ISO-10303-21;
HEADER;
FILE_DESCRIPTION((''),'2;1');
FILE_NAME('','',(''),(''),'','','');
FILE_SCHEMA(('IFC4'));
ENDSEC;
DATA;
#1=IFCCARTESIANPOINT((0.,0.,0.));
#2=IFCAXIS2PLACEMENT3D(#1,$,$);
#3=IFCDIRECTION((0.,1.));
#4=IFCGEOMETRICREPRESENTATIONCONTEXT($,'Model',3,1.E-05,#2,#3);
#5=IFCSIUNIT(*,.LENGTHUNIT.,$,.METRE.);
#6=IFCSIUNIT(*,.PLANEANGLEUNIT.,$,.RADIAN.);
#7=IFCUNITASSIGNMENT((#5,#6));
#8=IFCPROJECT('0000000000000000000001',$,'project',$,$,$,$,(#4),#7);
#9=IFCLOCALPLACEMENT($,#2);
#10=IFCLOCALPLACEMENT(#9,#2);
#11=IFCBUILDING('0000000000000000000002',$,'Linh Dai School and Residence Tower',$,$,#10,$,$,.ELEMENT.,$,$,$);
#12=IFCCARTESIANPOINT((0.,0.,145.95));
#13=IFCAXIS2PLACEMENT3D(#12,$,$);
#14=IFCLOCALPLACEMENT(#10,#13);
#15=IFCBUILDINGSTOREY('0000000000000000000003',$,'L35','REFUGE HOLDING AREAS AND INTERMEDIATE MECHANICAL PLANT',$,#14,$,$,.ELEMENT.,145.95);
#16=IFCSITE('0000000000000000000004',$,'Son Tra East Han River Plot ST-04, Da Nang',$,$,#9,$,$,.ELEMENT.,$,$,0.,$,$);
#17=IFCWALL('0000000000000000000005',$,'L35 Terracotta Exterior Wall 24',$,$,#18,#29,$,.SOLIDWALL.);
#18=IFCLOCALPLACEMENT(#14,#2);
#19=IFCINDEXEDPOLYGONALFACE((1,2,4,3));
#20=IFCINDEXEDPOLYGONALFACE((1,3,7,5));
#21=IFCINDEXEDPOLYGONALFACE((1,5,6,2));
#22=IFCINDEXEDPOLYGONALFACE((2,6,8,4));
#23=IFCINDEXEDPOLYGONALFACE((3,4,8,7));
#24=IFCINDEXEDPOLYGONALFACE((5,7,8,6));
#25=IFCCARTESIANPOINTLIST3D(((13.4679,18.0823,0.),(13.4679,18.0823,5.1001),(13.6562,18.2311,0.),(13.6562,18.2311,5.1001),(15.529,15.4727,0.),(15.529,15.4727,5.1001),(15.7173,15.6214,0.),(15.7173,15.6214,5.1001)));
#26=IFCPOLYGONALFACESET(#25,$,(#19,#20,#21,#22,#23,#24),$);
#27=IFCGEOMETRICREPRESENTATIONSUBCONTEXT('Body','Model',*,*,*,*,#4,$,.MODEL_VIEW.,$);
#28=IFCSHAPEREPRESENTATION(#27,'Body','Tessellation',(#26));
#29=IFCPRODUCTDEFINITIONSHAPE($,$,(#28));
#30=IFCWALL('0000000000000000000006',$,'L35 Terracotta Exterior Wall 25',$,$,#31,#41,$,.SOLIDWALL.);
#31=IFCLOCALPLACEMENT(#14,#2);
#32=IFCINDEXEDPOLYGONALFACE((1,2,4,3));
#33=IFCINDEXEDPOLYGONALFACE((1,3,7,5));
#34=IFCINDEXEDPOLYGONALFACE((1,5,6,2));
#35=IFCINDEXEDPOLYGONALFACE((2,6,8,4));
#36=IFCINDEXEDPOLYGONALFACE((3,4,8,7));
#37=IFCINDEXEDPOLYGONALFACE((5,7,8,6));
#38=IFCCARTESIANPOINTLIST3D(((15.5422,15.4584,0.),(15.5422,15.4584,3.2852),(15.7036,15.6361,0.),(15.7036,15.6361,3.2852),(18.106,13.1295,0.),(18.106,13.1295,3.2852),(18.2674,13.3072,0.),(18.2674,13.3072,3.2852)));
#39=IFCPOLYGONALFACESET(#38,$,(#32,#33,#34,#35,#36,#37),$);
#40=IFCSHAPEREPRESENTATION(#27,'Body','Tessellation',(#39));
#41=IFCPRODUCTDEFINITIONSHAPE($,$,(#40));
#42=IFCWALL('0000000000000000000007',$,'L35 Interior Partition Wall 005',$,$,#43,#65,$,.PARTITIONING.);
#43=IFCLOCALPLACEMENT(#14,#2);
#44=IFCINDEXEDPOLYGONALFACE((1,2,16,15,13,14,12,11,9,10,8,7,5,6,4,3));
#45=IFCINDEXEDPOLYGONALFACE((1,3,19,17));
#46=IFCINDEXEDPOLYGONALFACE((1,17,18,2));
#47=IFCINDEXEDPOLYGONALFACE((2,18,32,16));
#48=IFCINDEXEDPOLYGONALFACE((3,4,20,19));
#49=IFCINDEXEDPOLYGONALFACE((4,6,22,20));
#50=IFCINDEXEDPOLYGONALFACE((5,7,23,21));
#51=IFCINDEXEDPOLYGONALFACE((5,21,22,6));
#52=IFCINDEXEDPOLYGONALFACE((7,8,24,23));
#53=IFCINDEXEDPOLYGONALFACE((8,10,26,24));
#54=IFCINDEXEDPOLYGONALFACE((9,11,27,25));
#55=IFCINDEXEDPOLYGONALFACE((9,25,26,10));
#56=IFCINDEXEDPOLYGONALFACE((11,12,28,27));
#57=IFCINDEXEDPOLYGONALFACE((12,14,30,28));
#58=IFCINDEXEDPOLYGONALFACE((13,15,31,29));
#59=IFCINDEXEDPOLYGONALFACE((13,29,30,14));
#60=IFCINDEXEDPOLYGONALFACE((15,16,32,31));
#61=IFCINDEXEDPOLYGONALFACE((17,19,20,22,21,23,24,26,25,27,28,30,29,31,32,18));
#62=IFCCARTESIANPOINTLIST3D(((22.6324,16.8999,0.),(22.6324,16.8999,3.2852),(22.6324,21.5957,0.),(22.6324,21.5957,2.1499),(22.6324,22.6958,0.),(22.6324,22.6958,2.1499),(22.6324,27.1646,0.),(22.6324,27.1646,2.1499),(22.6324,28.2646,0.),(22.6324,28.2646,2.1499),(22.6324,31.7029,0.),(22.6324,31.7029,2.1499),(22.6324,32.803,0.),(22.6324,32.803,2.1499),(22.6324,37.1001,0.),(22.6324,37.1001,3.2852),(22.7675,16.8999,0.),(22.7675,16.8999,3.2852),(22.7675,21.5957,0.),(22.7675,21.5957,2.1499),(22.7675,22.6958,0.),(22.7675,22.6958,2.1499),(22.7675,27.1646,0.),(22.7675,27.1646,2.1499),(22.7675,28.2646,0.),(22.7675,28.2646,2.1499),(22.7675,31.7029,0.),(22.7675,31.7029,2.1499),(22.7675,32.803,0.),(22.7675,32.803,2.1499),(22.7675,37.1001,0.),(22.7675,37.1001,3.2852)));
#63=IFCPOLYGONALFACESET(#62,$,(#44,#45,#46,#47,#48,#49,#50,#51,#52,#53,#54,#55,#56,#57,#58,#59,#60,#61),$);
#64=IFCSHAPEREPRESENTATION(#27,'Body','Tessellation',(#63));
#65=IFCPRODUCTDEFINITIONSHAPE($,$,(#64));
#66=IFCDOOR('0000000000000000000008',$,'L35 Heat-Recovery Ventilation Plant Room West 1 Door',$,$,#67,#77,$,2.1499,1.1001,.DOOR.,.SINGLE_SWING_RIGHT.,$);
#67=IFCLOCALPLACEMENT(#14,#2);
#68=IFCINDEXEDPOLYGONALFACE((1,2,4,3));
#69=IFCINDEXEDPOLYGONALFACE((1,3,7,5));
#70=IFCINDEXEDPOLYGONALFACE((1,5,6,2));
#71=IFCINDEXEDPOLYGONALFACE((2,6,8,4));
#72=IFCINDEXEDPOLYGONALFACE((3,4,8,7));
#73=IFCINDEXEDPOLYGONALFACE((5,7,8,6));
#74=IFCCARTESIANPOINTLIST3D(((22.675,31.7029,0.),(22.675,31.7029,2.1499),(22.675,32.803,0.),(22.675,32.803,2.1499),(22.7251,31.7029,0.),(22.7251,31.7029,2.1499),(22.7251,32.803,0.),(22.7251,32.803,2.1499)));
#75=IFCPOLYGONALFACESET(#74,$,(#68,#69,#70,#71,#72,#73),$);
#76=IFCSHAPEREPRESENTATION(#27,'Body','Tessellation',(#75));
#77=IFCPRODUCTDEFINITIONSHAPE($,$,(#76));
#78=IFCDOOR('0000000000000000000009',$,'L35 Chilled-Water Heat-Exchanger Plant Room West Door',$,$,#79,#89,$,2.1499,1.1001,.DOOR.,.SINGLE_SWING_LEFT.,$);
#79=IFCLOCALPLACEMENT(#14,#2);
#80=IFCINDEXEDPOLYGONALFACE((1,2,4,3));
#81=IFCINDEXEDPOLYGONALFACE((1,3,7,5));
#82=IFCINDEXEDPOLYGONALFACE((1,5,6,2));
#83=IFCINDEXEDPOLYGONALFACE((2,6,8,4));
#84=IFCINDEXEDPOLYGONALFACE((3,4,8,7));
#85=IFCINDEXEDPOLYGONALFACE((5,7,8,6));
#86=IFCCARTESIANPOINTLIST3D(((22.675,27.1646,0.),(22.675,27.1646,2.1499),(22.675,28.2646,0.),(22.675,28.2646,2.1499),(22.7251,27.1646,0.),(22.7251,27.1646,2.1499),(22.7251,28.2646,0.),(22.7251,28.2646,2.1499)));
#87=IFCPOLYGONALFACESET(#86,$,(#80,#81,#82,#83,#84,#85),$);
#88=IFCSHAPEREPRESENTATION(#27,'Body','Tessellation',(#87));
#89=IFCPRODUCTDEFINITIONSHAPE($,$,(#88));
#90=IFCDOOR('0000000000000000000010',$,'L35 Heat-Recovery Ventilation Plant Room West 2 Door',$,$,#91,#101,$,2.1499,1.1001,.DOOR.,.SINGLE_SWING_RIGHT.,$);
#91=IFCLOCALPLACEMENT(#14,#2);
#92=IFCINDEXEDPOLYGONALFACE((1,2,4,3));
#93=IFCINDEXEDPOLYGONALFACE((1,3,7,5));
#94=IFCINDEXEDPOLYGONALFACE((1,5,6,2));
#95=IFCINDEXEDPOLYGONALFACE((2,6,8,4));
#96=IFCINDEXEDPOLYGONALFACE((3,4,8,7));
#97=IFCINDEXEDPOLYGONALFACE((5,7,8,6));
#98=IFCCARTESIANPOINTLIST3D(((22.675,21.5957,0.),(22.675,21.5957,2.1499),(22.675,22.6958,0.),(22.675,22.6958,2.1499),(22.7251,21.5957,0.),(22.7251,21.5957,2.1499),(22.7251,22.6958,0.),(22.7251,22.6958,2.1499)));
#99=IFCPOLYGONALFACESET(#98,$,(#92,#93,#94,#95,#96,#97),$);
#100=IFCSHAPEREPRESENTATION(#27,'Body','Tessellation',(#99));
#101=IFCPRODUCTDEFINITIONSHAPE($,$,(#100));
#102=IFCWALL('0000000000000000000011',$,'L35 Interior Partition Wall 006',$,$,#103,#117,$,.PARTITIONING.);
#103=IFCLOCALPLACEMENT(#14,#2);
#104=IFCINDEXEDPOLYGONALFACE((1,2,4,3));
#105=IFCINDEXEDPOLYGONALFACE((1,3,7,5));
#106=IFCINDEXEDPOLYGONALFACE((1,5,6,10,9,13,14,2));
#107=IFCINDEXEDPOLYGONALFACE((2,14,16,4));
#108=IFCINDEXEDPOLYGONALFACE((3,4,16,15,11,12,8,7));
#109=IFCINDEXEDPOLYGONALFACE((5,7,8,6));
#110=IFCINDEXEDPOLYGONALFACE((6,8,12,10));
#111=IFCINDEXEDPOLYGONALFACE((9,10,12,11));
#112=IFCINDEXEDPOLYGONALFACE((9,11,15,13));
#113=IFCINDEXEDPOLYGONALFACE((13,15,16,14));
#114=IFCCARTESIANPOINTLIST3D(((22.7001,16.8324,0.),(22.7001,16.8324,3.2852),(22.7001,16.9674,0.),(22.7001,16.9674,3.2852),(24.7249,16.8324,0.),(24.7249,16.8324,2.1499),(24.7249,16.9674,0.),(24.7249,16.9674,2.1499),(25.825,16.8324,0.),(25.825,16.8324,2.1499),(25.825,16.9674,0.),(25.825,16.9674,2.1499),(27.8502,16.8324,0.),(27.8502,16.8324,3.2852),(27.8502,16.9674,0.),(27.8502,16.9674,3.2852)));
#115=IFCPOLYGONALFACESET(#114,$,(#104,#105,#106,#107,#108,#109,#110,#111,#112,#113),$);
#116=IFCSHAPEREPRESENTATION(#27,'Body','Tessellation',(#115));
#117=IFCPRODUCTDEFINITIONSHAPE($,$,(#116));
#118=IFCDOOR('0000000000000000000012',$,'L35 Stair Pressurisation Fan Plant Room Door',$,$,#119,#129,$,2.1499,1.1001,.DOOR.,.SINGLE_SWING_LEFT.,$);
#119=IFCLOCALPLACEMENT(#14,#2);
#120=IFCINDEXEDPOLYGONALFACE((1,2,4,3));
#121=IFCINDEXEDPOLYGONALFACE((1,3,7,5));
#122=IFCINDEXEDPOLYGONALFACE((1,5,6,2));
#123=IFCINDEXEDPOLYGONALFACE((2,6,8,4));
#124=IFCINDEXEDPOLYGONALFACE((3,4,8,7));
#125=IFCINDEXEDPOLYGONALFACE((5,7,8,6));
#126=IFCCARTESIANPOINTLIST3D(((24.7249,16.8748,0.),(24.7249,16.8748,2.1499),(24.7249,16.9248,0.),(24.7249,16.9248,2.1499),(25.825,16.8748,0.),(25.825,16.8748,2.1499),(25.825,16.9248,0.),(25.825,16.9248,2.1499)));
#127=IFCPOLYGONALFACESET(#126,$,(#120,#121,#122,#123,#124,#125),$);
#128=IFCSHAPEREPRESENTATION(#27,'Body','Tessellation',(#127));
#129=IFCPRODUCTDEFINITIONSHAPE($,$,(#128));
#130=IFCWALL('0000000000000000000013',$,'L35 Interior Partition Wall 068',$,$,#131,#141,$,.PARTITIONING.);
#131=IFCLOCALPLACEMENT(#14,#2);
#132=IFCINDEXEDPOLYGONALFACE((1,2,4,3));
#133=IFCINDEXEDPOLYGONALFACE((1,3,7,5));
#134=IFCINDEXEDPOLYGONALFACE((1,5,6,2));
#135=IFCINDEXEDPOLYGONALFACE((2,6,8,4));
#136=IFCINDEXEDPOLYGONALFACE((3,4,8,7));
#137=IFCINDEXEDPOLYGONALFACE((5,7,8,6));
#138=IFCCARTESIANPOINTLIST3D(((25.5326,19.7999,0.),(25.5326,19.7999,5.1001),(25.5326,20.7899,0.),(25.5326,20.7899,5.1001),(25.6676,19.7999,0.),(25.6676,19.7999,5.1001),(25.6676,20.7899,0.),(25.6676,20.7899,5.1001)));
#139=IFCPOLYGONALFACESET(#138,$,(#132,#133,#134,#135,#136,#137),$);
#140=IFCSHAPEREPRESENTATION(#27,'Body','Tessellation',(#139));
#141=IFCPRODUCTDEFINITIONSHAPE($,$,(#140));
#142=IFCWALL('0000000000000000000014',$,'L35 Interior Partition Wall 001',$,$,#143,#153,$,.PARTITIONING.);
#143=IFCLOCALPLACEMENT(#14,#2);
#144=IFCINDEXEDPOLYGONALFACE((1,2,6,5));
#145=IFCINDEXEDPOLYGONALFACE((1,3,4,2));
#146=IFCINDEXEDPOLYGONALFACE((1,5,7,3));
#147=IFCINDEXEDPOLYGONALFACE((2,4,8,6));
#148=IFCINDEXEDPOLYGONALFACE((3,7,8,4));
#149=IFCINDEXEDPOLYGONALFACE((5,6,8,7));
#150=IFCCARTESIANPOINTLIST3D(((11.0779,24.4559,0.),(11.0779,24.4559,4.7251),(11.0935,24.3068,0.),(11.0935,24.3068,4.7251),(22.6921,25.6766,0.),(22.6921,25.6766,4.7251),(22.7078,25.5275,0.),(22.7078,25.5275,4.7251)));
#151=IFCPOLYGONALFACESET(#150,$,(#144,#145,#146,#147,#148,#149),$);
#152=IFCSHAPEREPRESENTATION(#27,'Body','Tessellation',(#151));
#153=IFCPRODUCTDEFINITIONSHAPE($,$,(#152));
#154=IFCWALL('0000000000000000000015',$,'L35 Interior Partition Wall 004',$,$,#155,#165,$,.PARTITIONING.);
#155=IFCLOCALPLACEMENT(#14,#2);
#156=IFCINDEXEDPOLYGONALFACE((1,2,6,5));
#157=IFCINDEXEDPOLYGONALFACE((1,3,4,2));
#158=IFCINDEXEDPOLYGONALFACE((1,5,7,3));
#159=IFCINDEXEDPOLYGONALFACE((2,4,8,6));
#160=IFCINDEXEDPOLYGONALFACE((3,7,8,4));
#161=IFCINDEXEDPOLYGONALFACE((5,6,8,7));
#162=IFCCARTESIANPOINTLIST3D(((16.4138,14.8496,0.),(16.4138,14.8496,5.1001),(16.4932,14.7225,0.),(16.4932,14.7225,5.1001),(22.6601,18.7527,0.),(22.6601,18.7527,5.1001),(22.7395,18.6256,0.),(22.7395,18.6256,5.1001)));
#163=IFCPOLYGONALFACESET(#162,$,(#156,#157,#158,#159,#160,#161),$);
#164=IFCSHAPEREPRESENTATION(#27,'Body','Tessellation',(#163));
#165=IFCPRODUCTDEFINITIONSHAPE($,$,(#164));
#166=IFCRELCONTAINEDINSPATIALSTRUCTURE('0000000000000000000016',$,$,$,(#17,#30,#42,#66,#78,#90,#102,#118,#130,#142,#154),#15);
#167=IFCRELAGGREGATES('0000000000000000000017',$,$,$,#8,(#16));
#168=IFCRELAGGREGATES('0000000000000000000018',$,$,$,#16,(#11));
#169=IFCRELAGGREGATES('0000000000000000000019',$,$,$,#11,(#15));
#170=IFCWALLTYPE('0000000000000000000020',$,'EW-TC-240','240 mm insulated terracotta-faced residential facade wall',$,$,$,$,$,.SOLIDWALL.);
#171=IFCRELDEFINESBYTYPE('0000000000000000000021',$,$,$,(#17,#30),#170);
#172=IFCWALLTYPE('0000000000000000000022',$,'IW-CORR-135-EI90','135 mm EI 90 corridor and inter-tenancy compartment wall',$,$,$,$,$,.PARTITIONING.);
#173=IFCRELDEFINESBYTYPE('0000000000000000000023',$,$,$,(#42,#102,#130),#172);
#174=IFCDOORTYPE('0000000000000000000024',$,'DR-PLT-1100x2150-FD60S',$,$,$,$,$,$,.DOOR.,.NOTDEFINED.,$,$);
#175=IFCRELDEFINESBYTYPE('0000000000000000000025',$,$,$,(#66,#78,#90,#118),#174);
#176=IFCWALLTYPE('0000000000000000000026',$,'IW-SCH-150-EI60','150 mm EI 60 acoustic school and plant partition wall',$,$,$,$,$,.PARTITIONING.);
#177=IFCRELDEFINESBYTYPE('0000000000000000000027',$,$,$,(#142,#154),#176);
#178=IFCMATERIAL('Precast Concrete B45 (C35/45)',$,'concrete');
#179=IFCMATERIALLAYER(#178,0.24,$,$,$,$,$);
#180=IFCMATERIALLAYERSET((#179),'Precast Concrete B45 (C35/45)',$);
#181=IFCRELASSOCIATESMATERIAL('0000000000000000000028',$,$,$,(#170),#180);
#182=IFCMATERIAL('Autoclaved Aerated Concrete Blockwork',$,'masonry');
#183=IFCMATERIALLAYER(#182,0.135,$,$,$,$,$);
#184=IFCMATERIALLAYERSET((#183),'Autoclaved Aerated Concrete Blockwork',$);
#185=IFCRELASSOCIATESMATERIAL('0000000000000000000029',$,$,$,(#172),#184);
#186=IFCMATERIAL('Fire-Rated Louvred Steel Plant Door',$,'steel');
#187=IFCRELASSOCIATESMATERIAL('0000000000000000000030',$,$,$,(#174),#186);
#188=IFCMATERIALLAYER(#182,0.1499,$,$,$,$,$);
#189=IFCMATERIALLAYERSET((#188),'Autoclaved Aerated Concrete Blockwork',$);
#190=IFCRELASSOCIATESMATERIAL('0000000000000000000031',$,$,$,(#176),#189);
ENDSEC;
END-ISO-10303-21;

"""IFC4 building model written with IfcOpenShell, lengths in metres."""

from ifc_helpers import new_model, si_unit, direction, frame, frame_2d, origin, origin_2d, place, context, subcontext, project, spatial, rectangle, extrude, source, transform, mapped, material, layer, layer_set, type_object, element, fill, save


model = new_model("IFC4")

# Units and contexts
model_context = context("Model", 3, precision=1e-05, world=origin(), true_north=direction((0.0, 1.0)))
body_context = subcontext(model_context, "Body", "Model", "MODEL_VIEW")
ifc_project = project(units=[si_unit("LENGTHUNIT", "METRE"), si_unit("PLANEANGLEUNIT", "RADIAN")], contexts=[model_context])

# Site, building, storey
site_placement = place(None, origin())
site = spatial("IfcSite", under=ifc_project, at=site_placement, Name="Son Tra East Han River Plot ST-04, Da Nang", CompositionType="ELEMENT", RefElevation=0.0)
building_placement = place(site_placement, origin())
building = spatial("IfcBuilding", under=site, at=building_placement, Name="Linh Dai School and Residence Tower", CompositionType="ELEMENT")
storey_placement = place(building_placement, frame((0.0, 0.0, 145.95)))
storey = spatial("IfcBuildingStorey", under=building, at=storey_placement, Name="L35", Description="REFUGE HOLDING AREAS AND INTERMEDIATE MECHANICAL PLANT", CompositionType="ELEMENT", Elevation=145.95)

# Shared definitions
ifc_material_1 = material(Name="Precast Concrete B45 (C35/45)", Category="concrete")
ifc_layer_1 = layer(ifc_material_1, 0.24)
ifc_layer_set_1 = layer_set([ifc_layer_1], Name="Precast Concrete B45 (C35/45)")
wall_type_1 = type_object("IfcWallType", Name="EW-TC-240", Description="240 mm insulated terracotta-faced residential facade wall", PredefinedType="SOLIDWALL", material=ifc_layer_set_1)

# Walls
wall_1_placement = place(storey_placement, frame((15.623, 15.5471, 0.0), z_axis=(0.0, 0.0, 1.0), x_axis=(-0.619794, 0.784764, 0.0)))
element("IfcWall", 1, at=wall_1_placement, inside=storey, type_object=wall_type_1, Name="L35 Terracotta Exterior Wall 24", PredefinedType="SOLIDWALL", context=body_context, shape_type="SweptSolid", body=[
    extrude(rectangle(XDim=3.3254, YDim=0.24, at=frame_2d((1.6626, 0.0))), origin(), (0.0, 0.0, 1.0), 5.1001),
])
wall_2_placement = place(storey_placement, frame((18.1868, 13.2183, 0.0), z_axis=(0.0, 0.0, 1.0), x_axis=(-0.740198, 0.672389, 0.0)))
element("IfcWall", 2, at=wall_2_placement, inside=storey, type_object=wall_type_1, Name="L35 Terracotta Exterior Wall 25", PredefinedType="SOLIDWALL", context=body_context, shape_type="SweptSolid", body=[
    extrude(rectangle(XDim=3.4636, YDim=0.24, at=frame_2d((1.7319, 0.0))), origin(), (0.0, 0.0, 1.0), 3.2852),
])

# Wall, openings, doors
ifc_material_2 = material(Name="Autoclaved Aerated Concrete Blockwork", Category="masonry")
ifc_layer_2 = layer(ifc_material_2, 0.135)
ifc_layer_set_2 = layer_set([ifc_layer_2], Name="Autoclaved Aerated Concrete Blockwork")
wall_type_2 = type_object("IfcWallType", Name="IW-CORR-135-EI90", Description="135 mm EI 90 corridor and inter-tenancy compartment wall", PredefinedType="PARTITIONING", material=ifc_layer_set_2)
wall_3_placement = place(storey_placement, frame((22.7, 16.8999, 0.0), z_axis=(0.0, 0.0, 1.0), x_axis=(0.0, 1.0, 0.0)))
wall_3 = element("IfcWall", 3, at=wall_3_placement, inside=storey, type_object=wall_type_2, Name="L35 Interior Partition Wall 005", PredefinedType="PARTITIONING", context=body_context, shape_type="SweptSolid", body=[
    extrude(rectangle(XDim=20.2002, YDim=0.135, at=frame_2d((10.1001, 0.0))), origin(), (0.0, 0.0, 1.0), 3.2852),
])
opening_1_placement = place(wall_3_placement, frame((14.803, 0.0, 0.0)))
opening_1 = element("IfcOpeningElement", 4, at=opening_1_placement, cuts=wall_3, PredefinedType="OPENING", context=body_context, shape_type="SweptSolid", body=[
    extrude(rectangle(XDim=1.1001, YDim=2.1499, at=origin_2d()), frame((0.55, 0.0776, 1.075), z_axis=(0.0, -1.0, 0.0), x_axis=(1.0, 0.0, 0.0)), (0.0, 0.0, 1.0), 0.155),
])
opening_2_placement = place(wall_3_placement, frame((10.2646, 0.0, 0.0)))
opening_2 = element("IfcOpeningElement", 5, at=opening_2_placement, cuts=wall_3, PredefinedType="OPENING", context=body_context, shape_type="SweptSolid", body=[
    extrude(rectangle(XDim=1.1001, YDim=2.1499, at=origin_2d()), frame((0.55, 0.0776, 1.075), z_axis=(0.0, -1.0, 0.0), x_axis=(1.0, 0.0, 0.0)), (0.0, 0.0, 1.0), 0.155),
])
opening_3_placement = place(wall_3_placement, frame((4.6958, 0.0, 0.0)))
opening_3 = element("IfcOpeningElement", 6, at=opening_3_placement, cuts=wall_3, PredefinedType="OPENING", context=body_context, shape_type="SweptSolid", body=[
    extrude(rectangle(XDim=1.1001, YDim=2.1499, at=origin_2d()), frame((0.55, 0.0776, 1.075), z_axis=(0.0, -1.0, 0.0), x_axis=(1.0, 0.0, 0.0)), (0.0, 0.0, 1.0), 0.155),
])
ifc_material_3 = material(Name="Fire-Rated Louvred Steel Plant Door", Category="steel")
door_type = type_object("IfcDoorType", Name="DR-PLT-1100x2150-FD60S", OperationType="NOTDEFINED", PredefinedType="DOOR", material=ifc_material_3)
shared_shape_1 = source(origin(), body_context, "Body", "SweptSolid", [
    extrude(rectangle(XDim=1.1001, YDim=2.1499, at=origin_2d()), frame((0.55, 0.0249, 1.075), z_axis=(0.0, -1.0, 0.0), x_axis=(1.0, 0.0, 0.0)), (0.0, 0.0, 1.0), 0.05),
])
door_1_placement = place(opening_1_placement, origin())
door_1 = element("IfcDoor", 7, at=door_1_placement, inside=storey, type_object=door_type, Name="L35 Heat-Recovery Ventilation Plant Room West 1 Door", OperationType="SINGLE_SWING_RIGHT", OverallHeight=2.1499, OverallWidth=1.1001, PredefinedType="DOOR", context=body_context, shape_type="MappedRepresentation", body=[
    mapped(shared_shape_1, transform((0.0, 0.0, 0.0), x_axis=(1.0, 0.0, 0.0), y_axis=(0.0, 1.0, 0.0), z_axis=(0.0, 0.0, 1.0), scale=1.0)),
])
fill(opening_1, door_1)
door_2_placement = place(opening_2_placement, origin())
door_2 = element("IfcDoor", 8, at=door_2_placement, inside=storey, type_object=door_type, Name="L35 Chilled-Water Heat-Exchanger Plant Room West Door", OperationType="SINGLE_SWING_LEFT", OverallHeight=2.1499, OverallWidth=1.1001, PredefinedType="DOOR", context=body_context, shape_type="MappedRepresentation", body=[
    mapped(shared_shape_1, transform((0.0, 0.0, 0.0), x_axis=(1.0, 0.0, 0.0), y_axis=(0.0, 1.0, 0.0), z_axis=(0.0, 0.0, 1.0), scale=1.0)),
])
fill(opening_2, door_2)
door_3_placement = place(opening_3_placement, origin())
door_3 = element("IfcDoor", 9, at=door_3_placement, inside=storey, type_object=door_type, Name="L35 Heat-Recovery Ventilation Plant Room West 2 Door", OperationType="SINGLE_SWING_RIGHT", OverallHeight=2.1499, OverallWidth=1.1001, PredefinedType="DOOR", context=body_context, shape_type="MappedRepresentation", body=[
    mapped(shared_shape_1, transform((0.0, 0.0, 0.0), x_axis=(1.0, 0.0, 0.0), y_axis=(0.0, 1.0, 0.0), z_axis=(0.0, 0.0, 1.0), scale=1.0)),
])
fill(opening_3, door_3)

# Wall, opening, door
wall_4_placement = place(storey_placement, frame((22.7, 16.8999, 0.0), z_axis=(0.0, 0.0, 1.0), x_axis=(1.0, 0.0, 0.0)))
wall_4 = element("IfcWall", 10, at=wall_4_placement, inside=storey, type_object=wall_type_2, Name="L35 Interior Partition Wall 006", PredefinedType="PARTITIONING", context=body_context, shape_type="SweptSolid", body=[
    extrude(rectangle(XDim=5.1501, YDim=0.135, at=frame_2d((2.5752, 0.0))), origin(), (0.0, 0.0, 1.0), 3.2852),
])
opening_4_placement = place(wall_4_placement, frame((2.0249, 0.0, 0.0)))
opening_4 = element("IfcOpeningElement", 11, at=opening_4_placement, cuts=wall_4, PredefinedType="OPENING", context=body_context, shape_type="SweptSolid", body=[
    extrude(rectangle(XDim=1.1001, YDim=2.1499, at=origin_2d()), frame((0.55, 0.0776, 1.075), z_axis=(0.0, -1.0, 0.0), x_axis=(1.0, 0.0, 0.0)), (0.0, 0.0, 1.0), 0.155),
])
door_4_placement = place(opening_4_placement, origin())
door_4 = element("IfcDoor", 12, at=door_4_placement, inside=storey, type_object=door_type, Name="L35 Stair Pressurisation Fan Plant Room Door", OperationType="SINGLE_SWING_LEFT", OverallHeight=2.1499, OverallWidth=1.1001, PredefinedType="DOOR", context=body_context, shape_type="MappedRepresentation", body=[
    mapped(shared_shape_1, transform((0.0, 0.0, 0.0), x_axis=(1.0, 0.0, 0.0), y_axis=(0.0, 1.0, 0.0), z_axis=(0.0, 0.0, 1.0), scale=1.0)),
])
fill(opening_4, door_4)

# Walls
wall_5_placement = place(storey_placement, frame((25.6001, 20.79, 0.0), z_axis=(0.0, 0.0, 1.0), x_axis=(0.0, -1.0, 0.0)))
element("IfcWall", 13, at=wall_5_placement, inside=storey, type_object=wall_type_2, Name="L35 Interior Partition Wall 068", PredefinedType="PARTITIONING", context=body_context, shape_type="SweptSolid", body=[
    extrude(rectangle(XDim=0.99, YDim=0.135, at=frame_2d((0.4951, 0.0))), origin(), (0.0, 0.0, 1.0), 5.1001),
])
ifc_layer_3 = layer(ifc_material_2, 0.1499)
ifc_layer_set_3 = layer_set([ifc_layer_3], Name="Autoclaved Aerated Concrete Blockwork")
wall_type_3 = type_object("IfcWallType", Name="IW-SCH-150-EI60", Description="150 mm EI 60 acoustic school and plant partition wall", PredefinedType="PARTITIONING", material=ifc_layer_set_3)
wall_6_placement = place(storey_placement, frame((11.0857, 24.3813, 0.0), z_axis=(0.0, 0.0, 1.0), x_axis=(0.994522, 0.104528, 0.0)))
element("IfcWall", 14, at=wall_6_placement, inside=storey, type_object=wall_type_3, Name="L35 Interior Partition Wall 001", PredefinedType="PARTITIONING", context=body_context, shape_type="SweptSolid", body=[
    extrude(rectangle(XDim=11.6782, YDim=0.1499, at=frame_2d((5.8391, 0.0))), origin(), (0.0, 0.0, 1.0), 4.7251),
])
wall_7_placement = place(storey_placement, frame((16.4536, 14.7861, 0.0), z_axis=(0.0, 0.0, 1.0), x_axis=(0.848052, 0.529913, 0.0)))
element("IfcWall", 15, at=wall_7_placement, inside=storey, type_object=wall_type_3, Name="L35 Interior Partition Wall 004", PredefinedType="PARTITIONING", context=body_context, shape_type="SweptSolid", body=[
    extrude(rectangle(XDim=7.3655, YDim=0.1499, at=frame_2d((3.6826, 0.0))), origin(), (0.0, 0.0, 1.0), 5.1001),
])

save(model, "model.ifc")
